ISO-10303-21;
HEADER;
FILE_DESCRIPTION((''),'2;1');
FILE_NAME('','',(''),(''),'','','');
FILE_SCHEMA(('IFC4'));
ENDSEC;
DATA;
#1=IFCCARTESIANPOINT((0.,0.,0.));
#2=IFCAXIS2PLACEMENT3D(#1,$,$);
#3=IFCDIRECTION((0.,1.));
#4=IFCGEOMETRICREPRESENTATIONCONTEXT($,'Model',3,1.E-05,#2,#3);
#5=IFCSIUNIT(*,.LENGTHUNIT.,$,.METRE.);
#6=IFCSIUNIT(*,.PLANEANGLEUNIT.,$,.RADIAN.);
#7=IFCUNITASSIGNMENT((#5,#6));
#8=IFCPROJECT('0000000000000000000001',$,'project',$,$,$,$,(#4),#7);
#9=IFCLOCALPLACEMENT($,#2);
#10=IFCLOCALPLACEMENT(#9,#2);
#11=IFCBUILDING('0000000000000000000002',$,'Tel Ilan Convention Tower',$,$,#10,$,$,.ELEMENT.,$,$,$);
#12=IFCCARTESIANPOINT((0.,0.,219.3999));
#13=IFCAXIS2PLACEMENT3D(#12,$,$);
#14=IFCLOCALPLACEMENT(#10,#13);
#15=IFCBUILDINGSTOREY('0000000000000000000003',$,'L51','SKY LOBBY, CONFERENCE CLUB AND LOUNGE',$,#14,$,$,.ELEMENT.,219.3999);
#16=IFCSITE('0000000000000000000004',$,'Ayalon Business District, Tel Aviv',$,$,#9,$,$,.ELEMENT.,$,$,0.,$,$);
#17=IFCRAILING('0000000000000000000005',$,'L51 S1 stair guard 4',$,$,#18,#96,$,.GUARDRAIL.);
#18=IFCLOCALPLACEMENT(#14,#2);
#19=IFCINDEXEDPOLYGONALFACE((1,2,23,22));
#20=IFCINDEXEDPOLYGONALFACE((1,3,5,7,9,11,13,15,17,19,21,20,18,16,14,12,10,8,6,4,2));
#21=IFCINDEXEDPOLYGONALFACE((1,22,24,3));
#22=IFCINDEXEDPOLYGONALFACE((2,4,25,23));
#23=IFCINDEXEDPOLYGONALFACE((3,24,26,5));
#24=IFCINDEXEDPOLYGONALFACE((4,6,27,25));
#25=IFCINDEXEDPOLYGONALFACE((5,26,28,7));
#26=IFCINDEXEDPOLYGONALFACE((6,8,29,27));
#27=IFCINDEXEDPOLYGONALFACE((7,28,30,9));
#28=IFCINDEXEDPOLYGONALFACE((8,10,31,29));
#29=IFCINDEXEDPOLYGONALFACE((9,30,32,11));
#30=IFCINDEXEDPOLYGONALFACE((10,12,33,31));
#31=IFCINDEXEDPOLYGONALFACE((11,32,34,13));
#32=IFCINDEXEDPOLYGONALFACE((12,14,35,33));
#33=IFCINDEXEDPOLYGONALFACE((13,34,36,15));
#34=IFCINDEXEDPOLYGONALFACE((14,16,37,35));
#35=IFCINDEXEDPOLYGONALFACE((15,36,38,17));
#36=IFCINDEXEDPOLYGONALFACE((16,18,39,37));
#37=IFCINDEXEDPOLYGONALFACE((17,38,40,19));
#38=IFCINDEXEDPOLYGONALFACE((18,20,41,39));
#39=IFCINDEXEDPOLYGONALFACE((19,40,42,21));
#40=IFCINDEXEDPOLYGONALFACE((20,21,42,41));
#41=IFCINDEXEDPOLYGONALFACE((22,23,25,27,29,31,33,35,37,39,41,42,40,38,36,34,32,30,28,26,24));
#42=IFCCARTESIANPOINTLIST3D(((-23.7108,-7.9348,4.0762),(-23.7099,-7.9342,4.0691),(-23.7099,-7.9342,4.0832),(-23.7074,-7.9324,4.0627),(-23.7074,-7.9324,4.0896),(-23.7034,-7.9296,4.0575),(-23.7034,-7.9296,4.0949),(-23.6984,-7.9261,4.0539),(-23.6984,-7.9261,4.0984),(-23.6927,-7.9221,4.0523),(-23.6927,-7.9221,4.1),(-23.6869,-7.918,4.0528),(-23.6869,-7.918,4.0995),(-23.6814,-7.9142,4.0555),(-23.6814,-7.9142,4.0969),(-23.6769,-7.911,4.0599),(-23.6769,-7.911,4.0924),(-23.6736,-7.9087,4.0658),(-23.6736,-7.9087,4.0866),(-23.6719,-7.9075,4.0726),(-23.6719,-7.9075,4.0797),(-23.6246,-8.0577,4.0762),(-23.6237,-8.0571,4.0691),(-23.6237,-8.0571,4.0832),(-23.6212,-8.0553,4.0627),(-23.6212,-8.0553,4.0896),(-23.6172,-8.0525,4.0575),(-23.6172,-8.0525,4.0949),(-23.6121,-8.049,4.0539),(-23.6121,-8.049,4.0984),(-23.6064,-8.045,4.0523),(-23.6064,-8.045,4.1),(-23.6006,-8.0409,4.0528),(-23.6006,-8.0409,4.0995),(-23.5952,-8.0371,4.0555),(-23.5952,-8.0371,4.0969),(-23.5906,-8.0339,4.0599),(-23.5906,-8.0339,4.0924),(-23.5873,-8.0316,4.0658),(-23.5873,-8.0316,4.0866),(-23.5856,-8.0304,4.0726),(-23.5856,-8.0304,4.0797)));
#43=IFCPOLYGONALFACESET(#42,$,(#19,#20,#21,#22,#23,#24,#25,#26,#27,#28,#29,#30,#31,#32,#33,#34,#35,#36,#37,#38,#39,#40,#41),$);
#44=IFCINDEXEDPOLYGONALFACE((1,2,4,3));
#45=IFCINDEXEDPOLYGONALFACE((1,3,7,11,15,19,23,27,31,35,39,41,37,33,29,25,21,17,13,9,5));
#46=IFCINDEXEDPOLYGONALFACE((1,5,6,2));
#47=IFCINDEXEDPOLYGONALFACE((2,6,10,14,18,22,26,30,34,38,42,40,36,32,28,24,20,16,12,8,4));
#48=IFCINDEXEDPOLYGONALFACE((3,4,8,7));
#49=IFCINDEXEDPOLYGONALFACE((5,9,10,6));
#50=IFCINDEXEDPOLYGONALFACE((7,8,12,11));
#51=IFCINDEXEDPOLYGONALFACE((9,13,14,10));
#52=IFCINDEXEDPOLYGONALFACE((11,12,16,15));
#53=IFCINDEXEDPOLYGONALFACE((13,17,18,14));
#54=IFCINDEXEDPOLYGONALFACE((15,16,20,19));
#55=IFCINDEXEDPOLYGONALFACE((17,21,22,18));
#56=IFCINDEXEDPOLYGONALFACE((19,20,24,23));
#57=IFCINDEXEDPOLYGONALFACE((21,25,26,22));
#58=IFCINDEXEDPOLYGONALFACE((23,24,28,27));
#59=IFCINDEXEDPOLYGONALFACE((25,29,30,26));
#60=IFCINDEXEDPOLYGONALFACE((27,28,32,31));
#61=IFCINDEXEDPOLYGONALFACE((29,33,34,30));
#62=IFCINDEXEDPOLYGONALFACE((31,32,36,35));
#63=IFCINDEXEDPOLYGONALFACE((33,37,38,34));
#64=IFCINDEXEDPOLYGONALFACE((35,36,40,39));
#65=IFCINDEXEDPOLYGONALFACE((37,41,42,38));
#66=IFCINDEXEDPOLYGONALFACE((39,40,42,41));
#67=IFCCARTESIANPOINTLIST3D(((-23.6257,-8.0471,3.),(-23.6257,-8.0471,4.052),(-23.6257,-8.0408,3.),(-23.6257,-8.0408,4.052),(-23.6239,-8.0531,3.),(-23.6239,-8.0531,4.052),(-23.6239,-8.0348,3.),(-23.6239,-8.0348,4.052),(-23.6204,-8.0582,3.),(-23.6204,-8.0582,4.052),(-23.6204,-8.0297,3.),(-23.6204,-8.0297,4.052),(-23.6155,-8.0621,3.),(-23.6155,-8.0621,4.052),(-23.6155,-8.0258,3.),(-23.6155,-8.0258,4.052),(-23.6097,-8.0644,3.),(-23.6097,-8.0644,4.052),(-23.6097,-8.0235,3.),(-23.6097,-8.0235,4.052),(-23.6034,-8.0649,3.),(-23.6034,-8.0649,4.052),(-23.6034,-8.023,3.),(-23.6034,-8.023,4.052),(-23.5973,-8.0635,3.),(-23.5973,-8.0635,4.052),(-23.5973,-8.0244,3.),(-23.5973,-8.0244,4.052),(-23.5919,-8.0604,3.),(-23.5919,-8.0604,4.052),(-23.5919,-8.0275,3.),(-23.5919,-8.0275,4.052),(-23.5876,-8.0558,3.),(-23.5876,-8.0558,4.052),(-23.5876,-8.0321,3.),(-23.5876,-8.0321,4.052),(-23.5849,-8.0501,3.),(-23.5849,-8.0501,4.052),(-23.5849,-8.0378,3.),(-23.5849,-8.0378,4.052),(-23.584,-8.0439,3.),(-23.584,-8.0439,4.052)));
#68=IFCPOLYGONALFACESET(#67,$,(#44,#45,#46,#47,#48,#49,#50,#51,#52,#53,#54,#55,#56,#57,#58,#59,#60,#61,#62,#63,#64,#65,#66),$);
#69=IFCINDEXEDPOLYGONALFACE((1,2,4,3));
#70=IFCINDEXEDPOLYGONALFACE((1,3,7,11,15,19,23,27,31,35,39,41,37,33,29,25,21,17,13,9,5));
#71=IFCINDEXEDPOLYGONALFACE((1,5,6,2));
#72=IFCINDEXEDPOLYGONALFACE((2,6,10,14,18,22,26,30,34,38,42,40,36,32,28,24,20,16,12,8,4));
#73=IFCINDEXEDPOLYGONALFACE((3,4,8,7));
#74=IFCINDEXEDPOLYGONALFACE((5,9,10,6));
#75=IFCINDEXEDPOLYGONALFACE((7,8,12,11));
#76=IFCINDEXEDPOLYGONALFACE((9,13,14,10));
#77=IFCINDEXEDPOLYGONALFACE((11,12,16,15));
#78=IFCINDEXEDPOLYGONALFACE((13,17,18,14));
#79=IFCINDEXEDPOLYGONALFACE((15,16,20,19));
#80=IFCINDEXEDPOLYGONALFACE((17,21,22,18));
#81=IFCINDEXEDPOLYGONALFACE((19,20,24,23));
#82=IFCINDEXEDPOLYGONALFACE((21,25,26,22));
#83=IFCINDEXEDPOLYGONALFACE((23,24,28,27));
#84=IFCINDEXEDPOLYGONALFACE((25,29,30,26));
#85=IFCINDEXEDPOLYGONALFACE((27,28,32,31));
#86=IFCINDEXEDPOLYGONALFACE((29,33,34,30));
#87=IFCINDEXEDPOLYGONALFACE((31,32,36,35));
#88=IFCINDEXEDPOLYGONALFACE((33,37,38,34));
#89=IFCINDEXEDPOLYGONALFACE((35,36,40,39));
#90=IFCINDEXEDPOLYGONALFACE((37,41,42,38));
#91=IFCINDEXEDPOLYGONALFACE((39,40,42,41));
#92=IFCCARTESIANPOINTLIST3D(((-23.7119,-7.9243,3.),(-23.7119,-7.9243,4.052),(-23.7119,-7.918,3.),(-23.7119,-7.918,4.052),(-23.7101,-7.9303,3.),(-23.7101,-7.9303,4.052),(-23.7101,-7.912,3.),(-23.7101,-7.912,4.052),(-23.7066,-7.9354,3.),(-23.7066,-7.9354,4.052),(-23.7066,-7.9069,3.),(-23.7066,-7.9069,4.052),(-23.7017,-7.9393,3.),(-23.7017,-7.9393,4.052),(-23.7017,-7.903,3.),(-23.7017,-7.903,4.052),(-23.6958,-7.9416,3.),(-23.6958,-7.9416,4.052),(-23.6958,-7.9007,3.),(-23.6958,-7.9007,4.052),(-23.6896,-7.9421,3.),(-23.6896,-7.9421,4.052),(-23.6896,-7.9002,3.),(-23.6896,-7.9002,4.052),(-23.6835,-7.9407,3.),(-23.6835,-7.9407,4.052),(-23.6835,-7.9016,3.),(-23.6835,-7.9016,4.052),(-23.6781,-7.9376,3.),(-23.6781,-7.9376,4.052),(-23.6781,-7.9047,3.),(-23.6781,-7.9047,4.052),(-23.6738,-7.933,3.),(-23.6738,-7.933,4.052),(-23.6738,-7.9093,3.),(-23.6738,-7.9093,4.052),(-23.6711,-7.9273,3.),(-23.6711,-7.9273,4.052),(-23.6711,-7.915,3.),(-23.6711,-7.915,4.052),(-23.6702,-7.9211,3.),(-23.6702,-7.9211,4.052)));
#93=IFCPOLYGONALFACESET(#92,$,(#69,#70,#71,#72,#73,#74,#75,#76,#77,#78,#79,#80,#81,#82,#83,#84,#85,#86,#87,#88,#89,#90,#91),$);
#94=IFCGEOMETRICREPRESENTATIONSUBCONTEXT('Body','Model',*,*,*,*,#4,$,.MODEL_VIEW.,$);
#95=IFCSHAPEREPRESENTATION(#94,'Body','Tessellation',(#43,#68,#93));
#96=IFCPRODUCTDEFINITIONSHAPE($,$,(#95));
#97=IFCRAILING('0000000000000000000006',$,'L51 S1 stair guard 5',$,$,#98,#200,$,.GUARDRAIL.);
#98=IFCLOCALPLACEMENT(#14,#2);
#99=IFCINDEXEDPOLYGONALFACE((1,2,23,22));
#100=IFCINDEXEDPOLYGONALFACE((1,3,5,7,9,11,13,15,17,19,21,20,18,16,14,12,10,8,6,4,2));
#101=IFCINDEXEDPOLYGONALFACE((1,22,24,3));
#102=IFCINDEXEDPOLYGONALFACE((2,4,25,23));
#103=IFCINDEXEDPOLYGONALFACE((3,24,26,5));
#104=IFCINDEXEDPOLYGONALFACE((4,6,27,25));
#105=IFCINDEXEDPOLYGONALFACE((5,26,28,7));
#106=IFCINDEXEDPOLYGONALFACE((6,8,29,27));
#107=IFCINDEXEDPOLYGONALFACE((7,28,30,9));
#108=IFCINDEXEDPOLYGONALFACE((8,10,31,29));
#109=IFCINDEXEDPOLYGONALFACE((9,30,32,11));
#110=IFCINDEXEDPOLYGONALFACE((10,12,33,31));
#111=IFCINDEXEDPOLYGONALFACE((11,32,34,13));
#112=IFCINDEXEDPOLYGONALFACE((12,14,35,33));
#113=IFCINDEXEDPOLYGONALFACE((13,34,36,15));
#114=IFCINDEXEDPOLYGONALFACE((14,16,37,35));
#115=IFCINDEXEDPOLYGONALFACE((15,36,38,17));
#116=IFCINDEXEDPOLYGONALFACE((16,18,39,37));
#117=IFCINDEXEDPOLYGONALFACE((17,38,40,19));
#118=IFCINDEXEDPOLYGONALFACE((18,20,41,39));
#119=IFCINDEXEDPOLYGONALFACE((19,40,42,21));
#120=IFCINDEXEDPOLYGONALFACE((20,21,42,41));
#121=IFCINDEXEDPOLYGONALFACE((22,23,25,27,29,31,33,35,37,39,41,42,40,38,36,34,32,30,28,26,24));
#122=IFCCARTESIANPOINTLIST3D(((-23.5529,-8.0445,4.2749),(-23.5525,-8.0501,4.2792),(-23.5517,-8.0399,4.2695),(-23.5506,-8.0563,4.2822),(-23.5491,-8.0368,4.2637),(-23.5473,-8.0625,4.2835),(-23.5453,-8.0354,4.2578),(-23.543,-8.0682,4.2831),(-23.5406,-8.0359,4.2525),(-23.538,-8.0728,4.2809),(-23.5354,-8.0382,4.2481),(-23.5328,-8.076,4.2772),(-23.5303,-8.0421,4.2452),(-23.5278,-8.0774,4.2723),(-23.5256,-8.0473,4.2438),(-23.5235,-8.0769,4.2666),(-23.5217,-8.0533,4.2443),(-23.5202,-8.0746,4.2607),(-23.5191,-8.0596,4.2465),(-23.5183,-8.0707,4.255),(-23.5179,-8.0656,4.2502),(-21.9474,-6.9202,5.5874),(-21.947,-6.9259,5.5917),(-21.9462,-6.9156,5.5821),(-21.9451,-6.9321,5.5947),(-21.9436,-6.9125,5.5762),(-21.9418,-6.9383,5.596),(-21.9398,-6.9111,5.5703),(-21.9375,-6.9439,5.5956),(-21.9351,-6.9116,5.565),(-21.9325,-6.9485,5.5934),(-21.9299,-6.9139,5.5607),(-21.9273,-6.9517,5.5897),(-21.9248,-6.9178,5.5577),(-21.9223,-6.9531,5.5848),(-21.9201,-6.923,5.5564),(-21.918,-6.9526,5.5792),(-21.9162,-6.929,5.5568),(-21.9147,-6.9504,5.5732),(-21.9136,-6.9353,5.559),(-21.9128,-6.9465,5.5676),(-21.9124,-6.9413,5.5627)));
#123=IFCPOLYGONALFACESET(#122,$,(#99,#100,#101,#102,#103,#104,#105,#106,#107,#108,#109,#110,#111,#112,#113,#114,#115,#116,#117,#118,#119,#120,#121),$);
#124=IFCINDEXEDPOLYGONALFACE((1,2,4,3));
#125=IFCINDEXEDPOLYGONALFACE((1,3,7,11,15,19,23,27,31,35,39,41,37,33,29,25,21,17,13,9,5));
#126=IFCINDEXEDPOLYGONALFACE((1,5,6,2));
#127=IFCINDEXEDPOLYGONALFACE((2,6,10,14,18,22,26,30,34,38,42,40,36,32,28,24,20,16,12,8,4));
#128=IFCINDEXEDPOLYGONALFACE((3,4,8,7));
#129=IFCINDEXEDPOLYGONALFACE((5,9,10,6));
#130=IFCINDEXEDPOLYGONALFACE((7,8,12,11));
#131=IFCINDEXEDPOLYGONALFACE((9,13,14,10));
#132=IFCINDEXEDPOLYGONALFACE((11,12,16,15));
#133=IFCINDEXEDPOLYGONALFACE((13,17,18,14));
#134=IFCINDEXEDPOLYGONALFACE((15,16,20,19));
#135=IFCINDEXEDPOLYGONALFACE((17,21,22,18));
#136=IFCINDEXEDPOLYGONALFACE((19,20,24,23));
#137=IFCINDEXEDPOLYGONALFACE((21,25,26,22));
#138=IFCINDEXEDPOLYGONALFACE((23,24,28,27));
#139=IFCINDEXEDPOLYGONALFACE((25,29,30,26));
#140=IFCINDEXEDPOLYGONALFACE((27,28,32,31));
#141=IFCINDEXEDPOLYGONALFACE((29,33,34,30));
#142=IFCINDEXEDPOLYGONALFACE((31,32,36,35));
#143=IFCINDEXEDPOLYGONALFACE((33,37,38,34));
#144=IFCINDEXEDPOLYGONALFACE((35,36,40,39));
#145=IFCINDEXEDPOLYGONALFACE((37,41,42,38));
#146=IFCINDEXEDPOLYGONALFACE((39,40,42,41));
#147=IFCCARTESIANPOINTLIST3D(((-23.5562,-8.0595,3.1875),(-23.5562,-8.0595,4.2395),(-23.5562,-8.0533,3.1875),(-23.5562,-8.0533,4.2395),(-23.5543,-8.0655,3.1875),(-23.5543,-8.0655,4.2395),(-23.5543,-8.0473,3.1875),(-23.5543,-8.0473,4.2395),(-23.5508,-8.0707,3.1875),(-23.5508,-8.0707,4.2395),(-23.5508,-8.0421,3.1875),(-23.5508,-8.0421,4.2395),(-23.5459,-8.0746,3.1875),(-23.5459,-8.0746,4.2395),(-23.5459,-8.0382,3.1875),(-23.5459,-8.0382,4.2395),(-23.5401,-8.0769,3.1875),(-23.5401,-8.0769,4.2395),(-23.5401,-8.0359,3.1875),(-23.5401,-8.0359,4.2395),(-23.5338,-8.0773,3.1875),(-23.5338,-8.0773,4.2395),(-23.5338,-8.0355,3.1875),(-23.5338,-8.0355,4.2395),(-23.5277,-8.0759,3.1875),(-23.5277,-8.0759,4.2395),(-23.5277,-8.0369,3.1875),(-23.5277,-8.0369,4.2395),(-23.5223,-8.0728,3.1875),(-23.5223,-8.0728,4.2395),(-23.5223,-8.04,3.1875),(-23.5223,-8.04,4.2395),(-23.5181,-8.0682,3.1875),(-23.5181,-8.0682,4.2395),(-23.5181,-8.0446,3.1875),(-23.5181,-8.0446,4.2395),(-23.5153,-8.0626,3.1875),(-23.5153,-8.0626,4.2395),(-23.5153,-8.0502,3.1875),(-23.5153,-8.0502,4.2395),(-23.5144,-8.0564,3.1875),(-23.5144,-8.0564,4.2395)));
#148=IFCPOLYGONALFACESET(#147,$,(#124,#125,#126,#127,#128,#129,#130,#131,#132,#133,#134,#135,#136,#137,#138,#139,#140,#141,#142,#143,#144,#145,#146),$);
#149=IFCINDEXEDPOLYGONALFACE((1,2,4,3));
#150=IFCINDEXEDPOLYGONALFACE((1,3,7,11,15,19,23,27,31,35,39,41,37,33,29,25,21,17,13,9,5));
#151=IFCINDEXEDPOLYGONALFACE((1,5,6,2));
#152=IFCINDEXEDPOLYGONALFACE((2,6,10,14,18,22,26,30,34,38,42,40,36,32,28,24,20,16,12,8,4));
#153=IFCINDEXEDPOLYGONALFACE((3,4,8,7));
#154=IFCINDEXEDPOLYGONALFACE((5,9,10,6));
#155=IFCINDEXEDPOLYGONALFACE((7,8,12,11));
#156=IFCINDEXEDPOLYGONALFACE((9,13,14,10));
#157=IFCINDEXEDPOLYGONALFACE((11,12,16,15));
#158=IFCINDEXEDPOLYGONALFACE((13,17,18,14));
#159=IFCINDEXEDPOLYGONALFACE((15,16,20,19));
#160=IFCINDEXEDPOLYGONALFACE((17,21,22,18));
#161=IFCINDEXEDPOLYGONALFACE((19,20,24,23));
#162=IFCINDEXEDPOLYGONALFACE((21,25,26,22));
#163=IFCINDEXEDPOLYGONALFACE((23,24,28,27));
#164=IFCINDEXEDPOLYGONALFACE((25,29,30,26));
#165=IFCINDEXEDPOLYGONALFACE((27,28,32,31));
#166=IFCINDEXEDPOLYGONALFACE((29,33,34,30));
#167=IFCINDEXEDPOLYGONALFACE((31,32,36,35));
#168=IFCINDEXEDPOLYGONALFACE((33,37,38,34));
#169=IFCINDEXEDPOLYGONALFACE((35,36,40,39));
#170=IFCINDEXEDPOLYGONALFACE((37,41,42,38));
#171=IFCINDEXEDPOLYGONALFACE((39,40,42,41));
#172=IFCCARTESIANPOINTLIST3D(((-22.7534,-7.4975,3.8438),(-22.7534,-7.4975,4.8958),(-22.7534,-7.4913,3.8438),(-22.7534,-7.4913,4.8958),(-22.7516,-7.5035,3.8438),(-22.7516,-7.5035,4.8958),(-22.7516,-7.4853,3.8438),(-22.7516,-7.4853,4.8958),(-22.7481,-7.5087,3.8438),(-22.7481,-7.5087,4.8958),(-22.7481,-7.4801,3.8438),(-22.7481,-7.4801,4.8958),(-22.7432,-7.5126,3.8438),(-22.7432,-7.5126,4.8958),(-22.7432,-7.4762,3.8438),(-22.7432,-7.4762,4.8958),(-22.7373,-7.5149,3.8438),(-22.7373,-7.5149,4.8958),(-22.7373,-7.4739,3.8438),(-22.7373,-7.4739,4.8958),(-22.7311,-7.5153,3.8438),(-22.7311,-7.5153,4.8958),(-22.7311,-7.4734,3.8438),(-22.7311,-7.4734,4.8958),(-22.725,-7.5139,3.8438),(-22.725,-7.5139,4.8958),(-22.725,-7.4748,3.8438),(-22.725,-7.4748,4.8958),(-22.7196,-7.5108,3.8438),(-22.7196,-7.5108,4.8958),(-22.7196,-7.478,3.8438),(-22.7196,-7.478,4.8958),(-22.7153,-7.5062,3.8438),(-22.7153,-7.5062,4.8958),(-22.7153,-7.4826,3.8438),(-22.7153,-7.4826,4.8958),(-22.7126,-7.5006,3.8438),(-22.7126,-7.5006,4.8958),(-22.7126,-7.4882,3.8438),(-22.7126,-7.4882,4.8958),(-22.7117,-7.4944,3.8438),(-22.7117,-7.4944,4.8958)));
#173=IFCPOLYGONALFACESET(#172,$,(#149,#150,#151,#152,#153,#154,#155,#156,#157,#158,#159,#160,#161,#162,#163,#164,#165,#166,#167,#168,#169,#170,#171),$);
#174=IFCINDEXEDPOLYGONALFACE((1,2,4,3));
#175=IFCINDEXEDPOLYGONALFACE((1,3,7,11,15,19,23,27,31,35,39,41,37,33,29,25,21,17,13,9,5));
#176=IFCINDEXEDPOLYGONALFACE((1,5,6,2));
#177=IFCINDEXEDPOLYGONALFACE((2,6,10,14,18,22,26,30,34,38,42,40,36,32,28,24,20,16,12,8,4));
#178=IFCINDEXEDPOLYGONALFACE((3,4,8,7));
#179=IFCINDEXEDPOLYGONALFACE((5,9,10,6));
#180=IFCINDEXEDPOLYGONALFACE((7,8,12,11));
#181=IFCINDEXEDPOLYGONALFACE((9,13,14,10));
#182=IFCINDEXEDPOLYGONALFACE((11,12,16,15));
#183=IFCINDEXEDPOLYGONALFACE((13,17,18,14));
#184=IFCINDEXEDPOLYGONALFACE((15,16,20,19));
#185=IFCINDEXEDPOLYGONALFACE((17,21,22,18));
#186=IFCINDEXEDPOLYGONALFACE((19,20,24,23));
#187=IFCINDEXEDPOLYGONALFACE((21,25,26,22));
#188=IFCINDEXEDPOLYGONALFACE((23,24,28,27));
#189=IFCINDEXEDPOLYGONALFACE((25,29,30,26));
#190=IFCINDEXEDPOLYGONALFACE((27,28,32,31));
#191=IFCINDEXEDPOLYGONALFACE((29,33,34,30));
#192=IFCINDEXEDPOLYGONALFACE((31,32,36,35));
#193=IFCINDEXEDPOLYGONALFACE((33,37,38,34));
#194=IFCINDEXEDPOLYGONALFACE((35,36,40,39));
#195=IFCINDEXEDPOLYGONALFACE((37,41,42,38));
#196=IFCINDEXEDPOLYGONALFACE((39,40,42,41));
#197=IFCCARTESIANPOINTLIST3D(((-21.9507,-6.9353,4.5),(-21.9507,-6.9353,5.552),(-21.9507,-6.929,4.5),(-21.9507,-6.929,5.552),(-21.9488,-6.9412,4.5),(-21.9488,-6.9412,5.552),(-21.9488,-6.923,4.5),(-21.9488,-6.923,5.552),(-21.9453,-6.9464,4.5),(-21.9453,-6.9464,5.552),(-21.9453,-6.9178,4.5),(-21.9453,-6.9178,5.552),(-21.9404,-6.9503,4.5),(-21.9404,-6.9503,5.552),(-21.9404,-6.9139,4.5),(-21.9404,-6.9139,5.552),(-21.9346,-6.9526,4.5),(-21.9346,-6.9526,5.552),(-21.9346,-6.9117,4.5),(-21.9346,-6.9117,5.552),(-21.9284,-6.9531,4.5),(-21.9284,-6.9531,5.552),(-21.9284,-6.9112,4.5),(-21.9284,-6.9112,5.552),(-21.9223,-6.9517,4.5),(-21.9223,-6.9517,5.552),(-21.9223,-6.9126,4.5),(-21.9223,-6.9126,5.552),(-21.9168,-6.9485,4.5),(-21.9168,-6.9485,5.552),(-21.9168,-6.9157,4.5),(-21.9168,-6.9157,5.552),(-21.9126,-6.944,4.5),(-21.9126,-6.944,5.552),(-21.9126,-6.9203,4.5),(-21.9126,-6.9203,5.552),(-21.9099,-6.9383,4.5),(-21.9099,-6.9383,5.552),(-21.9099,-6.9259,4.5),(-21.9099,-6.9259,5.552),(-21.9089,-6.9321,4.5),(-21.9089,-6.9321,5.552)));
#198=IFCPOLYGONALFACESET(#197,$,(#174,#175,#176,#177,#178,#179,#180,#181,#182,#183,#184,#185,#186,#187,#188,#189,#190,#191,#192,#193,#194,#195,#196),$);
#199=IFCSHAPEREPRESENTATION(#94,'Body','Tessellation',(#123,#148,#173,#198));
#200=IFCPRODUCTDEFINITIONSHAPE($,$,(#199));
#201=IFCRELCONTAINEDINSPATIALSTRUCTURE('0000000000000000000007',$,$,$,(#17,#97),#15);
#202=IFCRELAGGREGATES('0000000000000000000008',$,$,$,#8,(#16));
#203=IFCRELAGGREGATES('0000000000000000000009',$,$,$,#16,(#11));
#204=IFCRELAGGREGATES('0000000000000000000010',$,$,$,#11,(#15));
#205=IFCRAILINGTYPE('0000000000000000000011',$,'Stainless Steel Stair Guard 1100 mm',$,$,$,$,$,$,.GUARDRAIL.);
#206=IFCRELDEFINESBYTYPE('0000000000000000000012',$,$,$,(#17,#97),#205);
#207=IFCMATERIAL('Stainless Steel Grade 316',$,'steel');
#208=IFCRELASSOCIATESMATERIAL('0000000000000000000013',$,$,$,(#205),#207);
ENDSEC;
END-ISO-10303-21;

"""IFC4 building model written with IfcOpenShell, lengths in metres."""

from ifc_helpers import new_model, si_unit, direction, frame, origin, origin_2d, place, context, subcontext, project, spatial, circle, extrude, material, type_object, element, save


model = new_model("IFC4")

# Units and contexts
model_context = context("Model", 3, precision=1e-05, world=origin(), true_north=direction((0.0, 1.0)))
body_context = subcontext(model_context, "Body", "Model", "MODEL_VIEW")
ifc_project = project(units=[si_unit("LENGTHUNIT", "METRE"), si_unit("PLANEANGLEUNIT", "RADIAN")], contexts=[model_context])

# Site, building, storey
site_placement = place(None, origin())
site = spatial("IfcSite", under=ifc_project, at=site_placement, Name="Ayalon Business District, Tel Aviv", CompositionType="ELEMENT", RefElevation=0.0)
building_placement = place(site_placement, origin())
building = spatial("IfcBuilding", under=site, at=building_placement, Name="Tel Ilan Convention Tower", CompositionType="ELEMENT")
storey_placement = place(building_placement, frame((0.0, 0.0, 219.3999)))
storey = spatial("IfcBuildingStorey", under=building, at=storey_placement, Name="L51", Description="SKY LOBBY, CONFERENCE CLUB AND LOUNGE", CompositionType="ELEMENT", Elevation=219.3999)

# Railings
ifc_material_1 = material(Name="Stainless Steel Grade 316", Category="steel")
railing_type = type_object("IfcRailingType", Name="Stainless Steel Stair Guard 1100 mm", PredefinedType="GUARDRAIL", material=ifc_material_1)
railing_1_placement = place(storey_placement, frame((-23.605, -8.0439, 3.0)))
element("IfcRailing", 1, at=railing_1_placement, inside=storey, type_object=railing_type, Name="L51 S1 stair guard 4", PredefinedType="GUARDRAIL", context=body_context, shape_type="SweptSolid", body=[
    extrude(circle(Radius=0.0239, at=origin_2d()), frame((0.0, 0.0, 1.0762), z_axis=(-0.574445, 0.818543, 0.0), x_axis=(-0.818543, -0.574445, 0.0)), (0.0, 0.0, 1.0), 0.1501),
    extrude(circle(Radius=0.021, at=origin_2d()), origin(), (0.0, 0.0, 1.0), 1.052),
    extrude(circle(Radius=0.021, at=origin_2d()), frame((-0.0862, 0.1228, 0.0)), (0.0, 0.0, 1.0), 1.052),
])
railing_2_placement = place(storey_placement, frame((-23.5354, -8.0564, 3.1875)))
element("IfcRailing", 2, at=railing_2_placement, inside=storey, type_object=railing_type, Name="L51 S1 stair guard 5", PredefinedType="GUARDRAIL", context=body_context, shape_type="SweptSolid", body=[
    extrude(circle(Radius=0.0239, at=origin_2d()), frame((0.0, 0.0, 1.0762), z_axis=(0.680616, 0.476617, 0.556416), x_axis=(-0.573613, 0.819127, 0.0)), (0.0, 0.0, 1.0), 2.3589),
    extrude(circle(Radius=0.021, at=origin_2d()), origin(), (0.0, 0.0, 1.0), 1.052),
    extrude(circle(Radius=0.021, at=origin_2d()), frame((0.8027, 0.562, 0.6562)), (0.0, 0.0, 1.0), 1.052),
    extrude(circle(Radius=0.021, at=origin_2d()), frame((1.6055, 1.1243, 1.3125)), (0.0, 0.0, 1.0), 1.052),
])

save(model, "model.ifc")
